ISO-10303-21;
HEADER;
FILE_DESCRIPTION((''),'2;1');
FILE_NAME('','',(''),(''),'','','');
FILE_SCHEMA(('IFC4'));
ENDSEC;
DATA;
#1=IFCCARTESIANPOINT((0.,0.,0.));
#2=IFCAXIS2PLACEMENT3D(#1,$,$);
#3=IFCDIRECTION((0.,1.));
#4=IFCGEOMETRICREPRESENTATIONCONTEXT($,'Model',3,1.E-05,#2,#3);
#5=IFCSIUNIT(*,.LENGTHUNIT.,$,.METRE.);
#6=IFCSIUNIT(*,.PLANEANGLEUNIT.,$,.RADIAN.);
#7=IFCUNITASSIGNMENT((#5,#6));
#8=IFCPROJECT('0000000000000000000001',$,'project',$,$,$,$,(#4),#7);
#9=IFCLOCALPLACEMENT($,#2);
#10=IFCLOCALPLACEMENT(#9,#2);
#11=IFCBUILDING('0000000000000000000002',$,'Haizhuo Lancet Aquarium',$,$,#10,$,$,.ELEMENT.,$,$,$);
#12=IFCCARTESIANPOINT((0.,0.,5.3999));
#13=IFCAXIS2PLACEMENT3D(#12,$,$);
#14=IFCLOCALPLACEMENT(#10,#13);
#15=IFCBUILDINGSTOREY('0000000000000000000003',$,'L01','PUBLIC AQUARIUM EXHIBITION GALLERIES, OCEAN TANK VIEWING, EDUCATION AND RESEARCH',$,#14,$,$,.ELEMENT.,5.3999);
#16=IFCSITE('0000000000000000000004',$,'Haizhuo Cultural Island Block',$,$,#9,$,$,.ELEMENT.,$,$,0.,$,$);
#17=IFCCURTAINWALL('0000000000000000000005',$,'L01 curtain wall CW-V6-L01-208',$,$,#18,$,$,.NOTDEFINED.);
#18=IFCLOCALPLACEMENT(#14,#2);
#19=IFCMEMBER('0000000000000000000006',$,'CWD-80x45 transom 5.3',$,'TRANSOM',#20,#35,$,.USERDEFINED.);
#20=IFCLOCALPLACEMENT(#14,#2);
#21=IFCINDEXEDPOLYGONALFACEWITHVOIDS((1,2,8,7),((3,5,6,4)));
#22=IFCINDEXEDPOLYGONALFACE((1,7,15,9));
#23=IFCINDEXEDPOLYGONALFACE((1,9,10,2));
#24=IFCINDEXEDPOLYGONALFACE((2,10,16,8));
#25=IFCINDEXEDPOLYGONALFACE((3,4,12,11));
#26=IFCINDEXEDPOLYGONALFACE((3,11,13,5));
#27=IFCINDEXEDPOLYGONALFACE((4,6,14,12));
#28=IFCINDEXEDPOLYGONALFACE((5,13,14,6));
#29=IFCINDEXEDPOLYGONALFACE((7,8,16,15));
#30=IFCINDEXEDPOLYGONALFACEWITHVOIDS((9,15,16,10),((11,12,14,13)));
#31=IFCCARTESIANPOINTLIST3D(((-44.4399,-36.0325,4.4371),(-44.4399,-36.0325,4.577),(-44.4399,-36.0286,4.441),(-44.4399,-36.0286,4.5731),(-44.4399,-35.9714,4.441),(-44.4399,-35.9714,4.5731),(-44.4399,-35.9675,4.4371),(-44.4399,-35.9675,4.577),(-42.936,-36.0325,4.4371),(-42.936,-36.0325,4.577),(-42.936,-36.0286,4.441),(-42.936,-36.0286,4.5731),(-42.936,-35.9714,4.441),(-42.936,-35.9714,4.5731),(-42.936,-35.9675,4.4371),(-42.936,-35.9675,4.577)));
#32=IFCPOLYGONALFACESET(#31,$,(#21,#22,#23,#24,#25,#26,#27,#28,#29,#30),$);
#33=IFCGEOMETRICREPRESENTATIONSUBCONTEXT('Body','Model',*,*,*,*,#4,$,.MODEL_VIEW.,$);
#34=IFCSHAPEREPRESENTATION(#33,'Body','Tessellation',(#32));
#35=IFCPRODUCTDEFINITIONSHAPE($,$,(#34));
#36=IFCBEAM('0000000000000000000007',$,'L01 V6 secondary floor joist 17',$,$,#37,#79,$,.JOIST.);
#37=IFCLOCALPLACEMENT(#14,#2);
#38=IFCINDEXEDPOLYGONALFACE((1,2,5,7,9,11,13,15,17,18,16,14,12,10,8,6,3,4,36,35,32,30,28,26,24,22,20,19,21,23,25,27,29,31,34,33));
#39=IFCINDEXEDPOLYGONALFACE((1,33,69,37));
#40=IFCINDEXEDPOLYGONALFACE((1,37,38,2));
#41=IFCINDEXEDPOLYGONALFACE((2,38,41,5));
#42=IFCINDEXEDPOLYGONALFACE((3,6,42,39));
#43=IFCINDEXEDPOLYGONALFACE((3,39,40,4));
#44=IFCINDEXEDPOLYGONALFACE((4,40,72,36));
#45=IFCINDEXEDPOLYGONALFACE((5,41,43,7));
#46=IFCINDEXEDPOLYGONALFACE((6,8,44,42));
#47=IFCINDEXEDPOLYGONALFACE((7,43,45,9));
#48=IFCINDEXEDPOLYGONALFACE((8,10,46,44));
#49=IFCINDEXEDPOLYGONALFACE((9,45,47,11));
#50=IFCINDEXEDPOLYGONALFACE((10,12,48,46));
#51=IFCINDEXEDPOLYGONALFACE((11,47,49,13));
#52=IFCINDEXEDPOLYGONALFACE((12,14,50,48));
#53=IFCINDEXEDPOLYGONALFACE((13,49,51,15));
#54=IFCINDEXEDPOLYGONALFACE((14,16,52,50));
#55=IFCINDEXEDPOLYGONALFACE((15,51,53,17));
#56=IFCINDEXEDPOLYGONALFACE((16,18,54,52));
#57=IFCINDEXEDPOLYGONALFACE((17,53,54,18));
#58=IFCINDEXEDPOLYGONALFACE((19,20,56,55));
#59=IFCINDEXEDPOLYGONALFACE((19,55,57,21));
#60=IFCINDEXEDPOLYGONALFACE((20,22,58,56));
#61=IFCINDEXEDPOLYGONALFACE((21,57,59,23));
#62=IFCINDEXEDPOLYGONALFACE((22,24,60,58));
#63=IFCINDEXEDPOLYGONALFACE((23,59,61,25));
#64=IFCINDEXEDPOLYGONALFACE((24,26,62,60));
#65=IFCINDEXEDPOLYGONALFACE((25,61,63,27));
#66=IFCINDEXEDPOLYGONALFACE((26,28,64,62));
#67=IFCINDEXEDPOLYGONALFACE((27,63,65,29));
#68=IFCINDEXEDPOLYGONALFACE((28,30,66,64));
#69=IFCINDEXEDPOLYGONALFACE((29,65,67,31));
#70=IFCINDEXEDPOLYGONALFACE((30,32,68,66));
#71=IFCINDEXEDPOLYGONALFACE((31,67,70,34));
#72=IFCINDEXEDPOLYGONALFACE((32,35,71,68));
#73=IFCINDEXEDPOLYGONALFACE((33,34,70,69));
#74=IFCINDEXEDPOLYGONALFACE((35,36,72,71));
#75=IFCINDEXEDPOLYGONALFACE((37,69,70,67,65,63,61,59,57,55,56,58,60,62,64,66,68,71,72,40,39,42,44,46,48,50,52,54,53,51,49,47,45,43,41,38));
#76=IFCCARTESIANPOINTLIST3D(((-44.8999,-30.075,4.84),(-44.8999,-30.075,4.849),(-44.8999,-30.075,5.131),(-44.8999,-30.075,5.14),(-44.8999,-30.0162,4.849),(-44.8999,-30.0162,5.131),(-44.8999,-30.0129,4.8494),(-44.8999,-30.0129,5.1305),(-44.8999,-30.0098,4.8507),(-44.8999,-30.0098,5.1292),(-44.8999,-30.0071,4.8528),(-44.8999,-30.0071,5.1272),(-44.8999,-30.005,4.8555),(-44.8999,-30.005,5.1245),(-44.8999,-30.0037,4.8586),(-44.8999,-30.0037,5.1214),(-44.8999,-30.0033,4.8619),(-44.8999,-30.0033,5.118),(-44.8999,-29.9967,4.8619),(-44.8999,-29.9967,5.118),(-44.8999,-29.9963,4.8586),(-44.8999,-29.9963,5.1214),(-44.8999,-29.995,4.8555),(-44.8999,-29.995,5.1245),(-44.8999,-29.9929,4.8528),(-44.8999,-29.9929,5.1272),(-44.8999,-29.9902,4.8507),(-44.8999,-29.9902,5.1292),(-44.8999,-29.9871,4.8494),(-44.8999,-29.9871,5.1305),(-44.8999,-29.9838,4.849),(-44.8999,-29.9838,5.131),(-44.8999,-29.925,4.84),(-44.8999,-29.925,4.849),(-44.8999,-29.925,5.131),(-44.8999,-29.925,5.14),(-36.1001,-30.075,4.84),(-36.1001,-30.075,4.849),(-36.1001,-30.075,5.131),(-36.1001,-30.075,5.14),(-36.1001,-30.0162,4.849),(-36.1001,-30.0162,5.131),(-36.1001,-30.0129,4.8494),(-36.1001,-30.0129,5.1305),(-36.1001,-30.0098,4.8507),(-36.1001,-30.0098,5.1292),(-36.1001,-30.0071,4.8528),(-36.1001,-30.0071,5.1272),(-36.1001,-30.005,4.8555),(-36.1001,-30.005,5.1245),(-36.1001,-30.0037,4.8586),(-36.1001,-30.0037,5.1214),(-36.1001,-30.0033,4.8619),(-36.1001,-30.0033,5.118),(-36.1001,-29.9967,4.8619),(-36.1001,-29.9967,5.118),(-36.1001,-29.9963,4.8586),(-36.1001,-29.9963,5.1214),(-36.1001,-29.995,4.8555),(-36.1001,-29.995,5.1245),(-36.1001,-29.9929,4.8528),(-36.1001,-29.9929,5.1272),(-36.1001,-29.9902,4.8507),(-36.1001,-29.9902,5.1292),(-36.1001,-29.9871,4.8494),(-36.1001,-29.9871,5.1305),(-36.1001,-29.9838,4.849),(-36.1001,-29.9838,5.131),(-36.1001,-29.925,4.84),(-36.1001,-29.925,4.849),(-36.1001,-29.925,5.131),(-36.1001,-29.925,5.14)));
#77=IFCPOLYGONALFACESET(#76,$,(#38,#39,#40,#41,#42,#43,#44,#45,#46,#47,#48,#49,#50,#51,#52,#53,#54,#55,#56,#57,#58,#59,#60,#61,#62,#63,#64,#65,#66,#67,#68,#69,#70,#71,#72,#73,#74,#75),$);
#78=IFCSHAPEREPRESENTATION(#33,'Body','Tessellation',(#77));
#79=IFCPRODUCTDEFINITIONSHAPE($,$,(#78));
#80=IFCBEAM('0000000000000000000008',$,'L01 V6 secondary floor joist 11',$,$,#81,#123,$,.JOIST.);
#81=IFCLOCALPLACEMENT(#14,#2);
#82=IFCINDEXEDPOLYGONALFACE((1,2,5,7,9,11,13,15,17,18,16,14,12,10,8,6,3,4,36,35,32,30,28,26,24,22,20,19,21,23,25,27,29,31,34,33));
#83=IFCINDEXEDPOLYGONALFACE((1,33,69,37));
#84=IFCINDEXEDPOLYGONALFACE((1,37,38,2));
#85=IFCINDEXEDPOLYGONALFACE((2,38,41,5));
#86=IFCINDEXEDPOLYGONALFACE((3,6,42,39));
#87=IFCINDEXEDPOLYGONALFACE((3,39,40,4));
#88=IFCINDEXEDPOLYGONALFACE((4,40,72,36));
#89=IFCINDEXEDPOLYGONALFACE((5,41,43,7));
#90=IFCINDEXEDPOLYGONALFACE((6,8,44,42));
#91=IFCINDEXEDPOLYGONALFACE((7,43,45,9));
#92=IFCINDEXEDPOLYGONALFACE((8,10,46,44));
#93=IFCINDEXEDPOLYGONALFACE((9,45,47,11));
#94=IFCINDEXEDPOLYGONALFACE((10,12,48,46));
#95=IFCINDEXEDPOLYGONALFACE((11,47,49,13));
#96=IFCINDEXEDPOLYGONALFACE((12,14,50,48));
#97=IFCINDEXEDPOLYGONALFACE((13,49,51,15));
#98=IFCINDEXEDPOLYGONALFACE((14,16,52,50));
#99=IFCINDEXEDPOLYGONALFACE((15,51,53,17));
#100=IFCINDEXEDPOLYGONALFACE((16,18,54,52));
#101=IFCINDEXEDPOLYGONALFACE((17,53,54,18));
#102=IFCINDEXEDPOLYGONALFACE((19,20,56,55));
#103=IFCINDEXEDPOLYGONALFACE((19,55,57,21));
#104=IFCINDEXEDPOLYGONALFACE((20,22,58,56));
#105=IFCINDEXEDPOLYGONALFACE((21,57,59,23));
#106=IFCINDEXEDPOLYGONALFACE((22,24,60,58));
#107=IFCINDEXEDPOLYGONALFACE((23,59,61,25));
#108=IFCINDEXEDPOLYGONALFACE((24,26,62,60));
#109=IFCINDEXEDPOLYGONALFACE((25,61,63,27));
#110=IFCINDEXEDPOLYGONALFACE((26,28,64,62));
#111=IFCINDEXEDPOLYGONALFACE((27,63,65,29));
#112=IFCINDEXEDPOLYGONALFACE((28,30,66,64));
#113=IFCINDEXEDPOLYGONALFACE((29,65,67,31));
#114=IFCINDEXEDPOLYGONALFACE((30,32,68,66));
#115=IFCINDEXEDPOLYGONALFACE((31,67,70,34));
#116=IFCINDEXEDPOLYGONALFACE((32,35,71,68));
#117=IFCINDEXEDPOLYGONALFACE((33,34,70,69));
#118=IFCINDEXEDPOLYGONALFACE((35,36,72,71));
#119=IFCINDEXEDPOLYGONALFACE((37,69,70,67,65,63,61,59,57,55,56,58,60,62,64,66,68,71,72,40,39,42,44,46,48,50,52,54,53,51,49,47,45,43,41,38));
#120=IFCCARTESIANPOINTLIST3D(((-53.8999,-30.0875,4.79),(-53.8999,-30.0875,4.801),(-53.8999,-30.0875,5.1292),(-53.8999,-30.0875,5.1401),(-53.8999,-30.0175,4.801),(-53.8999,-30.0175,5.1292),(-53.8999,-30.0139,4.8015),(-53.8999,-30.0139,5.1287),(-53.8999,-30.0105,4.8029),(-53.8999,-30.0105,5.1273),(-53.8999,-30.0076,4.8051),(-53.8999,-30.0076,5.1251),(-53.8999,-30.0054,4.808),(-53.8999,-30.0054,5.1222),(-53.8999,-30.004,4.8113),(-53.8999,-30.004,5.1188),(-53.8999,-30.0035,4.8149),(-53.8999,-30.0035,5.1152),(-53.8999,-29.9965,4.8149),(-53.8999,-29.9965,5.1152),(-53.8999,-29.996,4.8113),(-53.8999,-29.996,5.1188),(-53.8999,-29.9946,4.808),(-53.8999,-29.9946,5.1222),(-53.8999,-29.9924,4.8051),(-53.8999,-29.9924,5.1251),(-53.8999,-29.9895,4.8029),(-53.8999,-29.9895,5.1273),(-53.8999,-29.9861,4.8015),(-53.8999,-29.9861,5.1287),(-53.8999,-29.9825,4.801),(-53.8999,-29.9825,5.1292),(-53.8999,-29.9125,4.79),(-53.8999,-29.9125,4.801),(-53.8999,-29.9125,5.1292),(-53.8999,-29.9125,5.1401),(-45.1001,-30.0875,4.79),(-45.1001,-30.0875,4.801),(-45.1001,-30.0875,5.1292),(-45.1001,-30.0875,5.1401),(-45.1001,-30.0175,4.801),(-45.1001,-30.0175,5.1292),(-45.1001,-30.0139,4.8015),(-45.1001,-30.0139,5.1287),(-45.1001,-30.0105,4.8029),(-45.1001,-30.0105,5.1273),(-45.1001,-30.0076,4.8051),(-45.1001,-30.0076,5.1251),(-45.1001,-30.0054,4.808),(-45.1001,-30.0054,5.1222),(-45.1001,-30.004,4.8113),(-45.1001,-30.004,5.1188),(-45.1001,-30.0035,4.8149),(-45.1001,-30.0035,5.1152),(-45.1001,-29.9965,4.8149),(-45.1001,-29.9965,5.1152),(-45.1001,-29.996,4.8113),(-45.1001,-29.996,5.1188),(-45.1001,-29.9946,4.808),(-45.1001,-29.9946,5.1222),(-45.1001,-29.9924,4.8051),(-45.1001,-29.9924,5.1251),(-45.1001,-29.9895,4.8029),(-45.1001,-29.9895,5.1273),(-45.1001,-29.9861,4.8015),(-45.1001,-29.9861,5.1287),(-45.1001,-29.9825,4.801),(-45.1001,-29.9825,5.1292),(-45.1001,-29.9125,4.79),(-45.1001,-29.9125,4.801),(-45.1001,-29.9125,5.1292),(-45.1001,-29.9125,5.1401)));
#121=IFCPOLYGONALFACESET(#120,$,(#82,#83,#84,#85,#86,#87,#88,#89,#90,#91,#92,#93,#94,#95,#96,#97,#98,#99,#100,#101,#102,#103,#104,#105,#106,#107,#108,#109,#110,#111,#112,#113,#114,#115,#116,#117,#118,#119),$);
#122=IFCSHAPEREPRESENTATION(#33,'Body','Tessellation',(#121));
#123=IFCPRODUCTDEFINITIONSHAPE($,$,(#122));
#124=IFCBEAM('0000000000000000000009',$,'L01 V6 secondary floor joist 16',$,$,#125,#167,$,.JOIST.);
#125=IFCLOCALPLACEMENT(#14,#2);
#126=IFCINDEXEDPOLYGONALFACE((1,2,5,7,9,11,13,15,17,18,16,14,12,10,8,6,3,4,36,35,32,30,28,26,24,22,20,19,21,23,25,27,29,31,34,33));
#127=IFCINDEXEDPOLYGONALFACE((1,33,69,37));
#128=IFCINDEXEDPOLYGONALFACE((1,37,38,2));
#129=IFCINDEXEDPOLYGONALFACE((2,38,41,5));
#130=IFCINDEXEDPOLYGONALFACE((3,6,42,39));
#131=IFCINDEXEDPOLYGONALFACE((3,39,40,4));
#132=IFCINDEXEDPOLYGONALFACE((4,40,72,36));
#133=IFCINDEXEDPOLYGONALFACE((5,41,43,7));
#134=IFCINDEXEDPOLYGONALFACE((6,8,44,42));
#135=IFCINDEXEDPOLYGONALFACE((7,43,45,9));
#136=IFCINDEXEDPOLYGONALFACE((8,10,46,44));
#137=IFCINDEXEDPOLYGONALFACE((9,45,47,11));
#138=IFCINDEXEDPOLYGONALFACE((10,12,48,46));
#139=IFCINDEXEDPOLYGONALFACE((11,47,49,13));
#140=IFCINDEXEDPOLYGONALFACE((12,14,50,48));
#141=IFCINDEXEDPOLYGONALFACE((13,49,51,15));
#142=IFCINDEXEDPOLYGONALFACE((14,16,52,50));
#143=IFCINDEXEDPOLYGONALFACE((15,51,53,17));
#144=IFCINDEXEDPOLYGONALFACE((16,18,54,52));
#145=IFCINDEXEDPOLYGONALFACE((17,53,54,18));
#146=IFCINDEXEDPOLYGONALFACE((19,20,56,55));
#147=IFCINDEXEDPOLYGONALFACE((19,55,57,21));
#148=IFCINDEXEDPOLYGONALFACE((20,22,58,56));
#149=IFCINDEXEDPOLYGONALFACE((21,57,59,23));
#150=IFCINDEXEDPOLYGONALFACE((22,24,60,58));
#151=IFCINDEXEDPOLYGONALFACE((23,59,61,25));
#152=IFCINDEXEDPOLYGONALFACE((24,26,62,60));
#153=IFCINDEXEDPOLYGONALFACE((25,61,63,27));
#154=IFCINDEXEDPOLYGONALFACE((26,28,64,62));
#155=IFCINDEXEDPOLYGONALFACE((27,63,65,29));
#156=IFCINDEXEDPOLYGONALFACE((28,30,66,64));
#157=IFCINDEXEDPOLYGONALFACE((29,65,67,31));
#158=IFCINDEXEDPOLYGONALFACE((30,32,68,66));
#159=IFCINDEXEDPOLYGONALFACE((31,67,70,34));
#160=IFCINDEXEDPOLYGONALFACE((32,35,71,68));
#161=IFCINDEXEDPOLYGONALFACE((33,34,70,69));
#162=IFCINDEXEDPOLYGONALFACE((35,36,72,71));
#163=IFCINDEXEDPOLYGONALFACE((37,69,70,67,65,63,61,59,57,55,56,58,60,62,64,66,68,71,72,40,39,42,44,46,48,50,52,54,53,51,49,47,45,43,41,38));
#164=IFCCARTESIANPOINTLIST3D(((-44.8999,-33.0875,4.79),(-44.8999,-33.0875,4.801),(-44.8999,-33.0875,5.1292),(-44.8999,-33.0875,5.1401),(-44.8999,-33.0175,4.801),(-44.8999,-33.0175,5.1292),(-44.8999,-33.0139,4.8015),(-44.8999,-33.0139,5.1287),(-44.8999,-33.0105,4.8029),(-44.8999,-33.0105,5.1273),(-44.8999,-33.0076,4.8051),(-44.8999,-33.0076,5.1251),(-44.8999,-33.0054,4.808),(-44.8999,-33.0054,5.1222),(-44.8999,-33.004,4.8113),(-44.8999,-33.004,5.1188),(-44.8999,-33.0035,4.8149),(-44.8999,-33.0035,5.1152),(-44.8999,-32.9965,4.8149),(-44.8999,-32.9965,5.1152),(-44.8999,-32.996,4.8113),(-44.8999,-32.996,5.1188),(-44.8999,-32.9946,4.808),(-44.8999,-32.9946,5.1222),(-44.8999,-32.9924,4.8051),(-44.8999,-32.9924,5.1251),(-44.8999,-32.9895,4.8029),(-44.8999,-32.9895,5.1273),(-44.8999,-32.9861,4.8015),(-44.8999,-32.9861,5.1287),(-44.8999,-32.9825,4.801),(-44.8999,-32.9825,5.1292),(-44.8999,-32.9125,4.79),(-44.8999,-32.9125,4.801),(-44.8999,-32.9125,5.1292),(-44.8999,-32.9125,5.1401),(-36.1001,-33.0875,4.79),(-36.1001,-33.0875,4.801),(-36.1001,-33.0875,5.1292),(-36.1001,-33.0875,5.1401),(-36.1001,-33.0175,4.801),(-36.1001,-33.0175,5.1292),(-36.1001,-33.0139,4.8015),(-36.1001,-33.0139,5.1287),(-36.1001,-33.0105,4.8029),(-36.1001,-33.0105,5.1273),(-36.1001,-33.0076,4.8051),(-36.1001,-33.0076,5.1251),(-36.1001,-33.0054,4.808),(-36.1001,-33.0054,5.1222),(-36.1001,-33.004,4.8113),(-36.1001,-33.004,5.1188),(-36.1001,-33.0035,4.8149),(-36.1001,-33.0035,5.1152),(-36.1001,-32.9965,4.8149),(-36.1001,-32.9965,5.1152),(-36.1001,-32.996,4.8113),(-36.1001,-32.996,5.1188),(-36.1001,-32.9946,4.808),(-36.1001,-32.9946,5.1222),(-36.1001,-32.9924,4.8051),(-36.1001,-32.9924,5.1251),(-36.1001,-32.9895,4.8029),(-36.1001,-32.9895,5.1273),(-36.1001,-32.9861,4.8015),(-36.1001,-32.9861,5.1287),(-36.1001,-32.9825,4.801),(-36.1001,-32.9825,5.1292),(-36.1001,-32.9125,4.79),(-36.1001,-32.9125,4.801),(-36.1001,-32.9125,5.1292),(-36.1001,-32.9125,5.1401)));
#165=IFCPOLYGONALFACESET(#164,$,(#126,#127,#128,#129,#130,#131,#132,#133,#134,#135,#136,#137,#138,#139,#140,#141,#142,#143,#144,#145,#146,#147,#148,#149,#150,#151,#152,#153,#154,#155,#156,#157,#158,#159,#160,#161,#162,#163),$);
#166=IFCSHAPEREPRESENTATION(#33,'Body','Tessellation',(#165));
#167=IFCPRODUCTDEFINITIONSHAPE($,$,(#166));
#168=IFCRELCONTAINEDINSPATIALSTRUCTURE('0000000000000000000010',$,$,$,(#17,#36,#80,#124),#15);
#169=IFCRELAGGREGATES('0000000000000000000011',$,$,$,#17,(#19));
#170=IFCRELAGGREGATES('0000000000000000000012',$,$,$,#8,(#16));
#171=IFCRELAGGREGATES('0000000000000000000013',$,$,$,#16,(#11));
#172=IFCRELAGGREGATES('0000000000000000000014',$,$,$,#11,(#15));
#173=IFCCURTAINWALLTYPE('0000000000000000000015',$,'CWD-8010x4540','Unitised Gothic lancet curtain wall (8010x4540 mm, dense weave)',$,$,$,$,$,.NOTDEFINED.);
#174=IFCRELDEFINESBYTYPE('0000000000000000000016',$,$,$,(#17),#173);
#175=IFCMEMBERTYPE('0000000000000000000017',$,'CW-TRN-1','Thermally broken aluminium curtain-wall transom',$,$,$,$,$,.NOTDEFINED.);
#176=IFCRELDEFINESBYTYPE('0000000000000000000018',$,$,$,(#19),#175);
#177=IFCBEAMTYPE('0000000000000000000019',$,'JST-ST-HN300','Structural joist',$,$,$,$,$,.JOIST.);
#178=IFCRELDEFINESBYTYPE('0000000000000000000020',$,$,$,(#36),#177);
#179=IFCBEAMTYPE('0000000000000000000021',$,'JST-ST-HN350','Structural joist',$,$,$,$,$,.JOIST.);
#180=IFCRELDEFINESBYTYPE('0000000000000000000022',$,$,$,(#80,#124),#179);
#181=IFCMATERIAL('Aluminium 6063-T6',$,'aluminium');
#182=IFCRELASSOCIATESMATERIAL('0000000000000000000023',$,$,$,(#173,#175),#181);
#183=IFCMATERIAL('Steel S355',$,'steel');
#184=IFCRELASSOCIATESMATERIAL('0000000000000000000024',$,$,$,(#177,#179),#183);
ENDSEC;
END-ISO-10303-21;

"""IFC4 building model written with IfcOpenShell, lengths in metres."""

from ifc_helpers import new_model, si_unit, direction, frame, origin, origin_2d, place, context, subcontext, project, spatial, hollow_rectangle, i_section, extrude, material, material_profile, profile_set, type_object, element, aggregate, save


model = new_model("IFC4")

# Units and contexts
model_context = context("Model", 3, precision=1e-05, world=origin(), true_north=direction((0.0, 1.0)))
body_context = subcontext(model_context, "Body", "Model", "MODEL_VIEW")
ifc_project = project(units=[si_unit("LENGTHUNIT", "METRE"), si_unit("PLANEANGLEUNIT", "RADIAN")], contexts=[model_context])

# Site, building, storey
site_placement = place(None, origin())
site = spatial("IfcSite", under=ifc_project, at=site_placement, Name="Haizhuo Cultural Island Block", CompositionType="ELEMENT", RefElevation=0.0)
building_placement = place(site_placement, origin())
building = spatial("IfcBuilding", under=site, at=building_placement, Name="Haizhuo Lancet Aquarium", CompositionType="ELEMENT")
storey_placement = place(building_placement, frame((0.0, 0.0, 5.3999)))
storey = spatial("IfcBuildingStorey", under=building, at=storey_placement, Name="L01", Description="PUBLIC AQUARIUM EXHIBITION GALLERIES, OCEAN TANK VIEWING, EDUCATION AND RESEARCH", CompositionType="ELEMENT", Elevation=5.3999)

# Shared definitions
ifc_material_1 = material(Name="Steel S355", Category="steel")

# Curtain wall, member
ifc_material_2 = material(Name="Aluminium 6063-T6", Category="aluminium")
curtain_wall_type = type_object("IfcCurtainWallType", Name="CWD-8010x4540", Description="Unitised Gothic lancet curtain wall (8010x4540 mm, dense weave)", PredefinedType="NOTDEFINED", material=ifc_material_2)
curtain_wall_placement = place(storey_placement, origin())
curtain_wall = element("IfcCurtainWall", 1, at=curtain_wall_placement, inside=storey, type_object=curtain_wall_type, Name="L01 curtain wall CW-V6-L01-208", PredefinedType="NOTDEFINED")
ifc_material_profile_1 = material_profile(ifc_material_2, hollow_rectangle(XDim=0.0649, YDim=0.1399, WallThickness=0.0039, at=origin_2d()), Name="ALU-T 65x140x4")
ifc_profile_set_1 = profile_set([ifc_material_profile_1], Name="Aluminium 6063-T6")
member_type_1 = type_object("IfcMemberType", Name="CW-TRN-1", Description="Thermally broken aluminium curtain-wall transom", PredefinedType="NOTDEFINED", material=ifc_profile_set_1)
member_1_placement = place(storey_placement, frame((-42.936, -36.0, 4.5071), z_axis=(-1.0, 0.0, 0.0), x_axis=(0.0, -1.0, 0.0)))
member_1 = element("IfcMember", 2, at=member_1_placement, type_object=member_type_1, Name="CWD-80x45 transom 5.3", ObjectType="TRANSOM", PredefinedType="USERDEFINED", context=body_context, shape_type="SweptSolid", body=[
    extrude(hollow_rectangle(XDim=0.0649, YDim=0.1399, WallThickness=0.0039, at=origin_2d()), origin(), (0.0, 0.0, 1.0), 1.5039),
])

# Beams
ifc_material_profile_2 = material_profile(ifc_material_1, i_section(OverallWidth=0.1499, OverallDepth=0.3, WebThickness=0.0066, FlangeThickness=0.009, FilletRadius=0.0129, at=origin_2d()), Name="HN 300x150x6.5x9")
ifc_profile_set_2 = profile_set([ifc_material_profile_2], Name="Steel S355")
beam_type_1 = type_object("IfcBeamType", Name="JST-ST-HN300", Description="Structural joist", PredefinedType="JOIST", material=ifc_profile_set_2)
beam_1_placement = place(storey_placement, frame((-44.8999, -30.0, 4.99), z_axis=(1.0, 0.0, 0.0), x_axis=(0.0, 1.0, 0.0)))
element("IfcBeam", 3, at=beam_1_placement, inside=storey, type_object=beam_type_1, Name="L01 V6 secondary floor joist 17", PredefinedType="JOIST", context=body_context, shape_type="SweptSolid", body=[
    extrude(i_section(OverallWidth=0.1499, OverallDepth=0.3, WebThickness=0.0066, FlangeThickness=0.009, FilletRadius=0.0129, at=origin_2d()), origin(), (0.0, 0.0, 1.0), 8.7998),
])
ifc_material_profile_3 = material_profile(ifc_material_1, i_section(OverallWidth=0.175, OverallDepth=0.3501, WebThickness=0.0071, FlangeThickness=0.011, FilletRadius=0.0139, at=origin_2d()), Name="HN 350x175x7x11")
ifc_profile_set_3 = profile_set([ifc_material_profile_3], Name="Steel S355")
beam_type_2 = type_object("IfcBeamType", Name="JST-ST-HN350", Description="Structural joist", PredefinedType="JOIST", material=ifc_profile_set_3)
for number, where, z_axis, x_axis, name in (
    (4, (-53.8999, -30.0, 4.9651), (1.0, 0.0, 0.0), (0.0, 1.0, 0.0), "L01 V6 secondary floor joist 11"),
    (5, (-44.8999, -33.0, 4.9651), (1.0, 0.0, 0.0), (0.0, 1.0, 0.0), "L01 V6 secondary floor joist 16"),
):
    element("IfcBeam", number, at=place(storey_placement, frame(where, z_axis=z_axis, x_axis=x_axis)), inside=storey, type_object=beam_type_2, Name=name, PredefinedType="JOIST", context=body_context, shape_type="SweptSolid", body=[
        extrude(i_section(OverallWidth=0.175, OverallDepth=0.3501, WebThickness=0.0071, FlangeThickness=0.011, FilletRadius=0.0139, at=origin_2d()), origin(), (0.0, 0.0, 1.0), 8.7998),
    ])

aggregate(curtain_wall, [member_1])

save(model, "model.ifc")
